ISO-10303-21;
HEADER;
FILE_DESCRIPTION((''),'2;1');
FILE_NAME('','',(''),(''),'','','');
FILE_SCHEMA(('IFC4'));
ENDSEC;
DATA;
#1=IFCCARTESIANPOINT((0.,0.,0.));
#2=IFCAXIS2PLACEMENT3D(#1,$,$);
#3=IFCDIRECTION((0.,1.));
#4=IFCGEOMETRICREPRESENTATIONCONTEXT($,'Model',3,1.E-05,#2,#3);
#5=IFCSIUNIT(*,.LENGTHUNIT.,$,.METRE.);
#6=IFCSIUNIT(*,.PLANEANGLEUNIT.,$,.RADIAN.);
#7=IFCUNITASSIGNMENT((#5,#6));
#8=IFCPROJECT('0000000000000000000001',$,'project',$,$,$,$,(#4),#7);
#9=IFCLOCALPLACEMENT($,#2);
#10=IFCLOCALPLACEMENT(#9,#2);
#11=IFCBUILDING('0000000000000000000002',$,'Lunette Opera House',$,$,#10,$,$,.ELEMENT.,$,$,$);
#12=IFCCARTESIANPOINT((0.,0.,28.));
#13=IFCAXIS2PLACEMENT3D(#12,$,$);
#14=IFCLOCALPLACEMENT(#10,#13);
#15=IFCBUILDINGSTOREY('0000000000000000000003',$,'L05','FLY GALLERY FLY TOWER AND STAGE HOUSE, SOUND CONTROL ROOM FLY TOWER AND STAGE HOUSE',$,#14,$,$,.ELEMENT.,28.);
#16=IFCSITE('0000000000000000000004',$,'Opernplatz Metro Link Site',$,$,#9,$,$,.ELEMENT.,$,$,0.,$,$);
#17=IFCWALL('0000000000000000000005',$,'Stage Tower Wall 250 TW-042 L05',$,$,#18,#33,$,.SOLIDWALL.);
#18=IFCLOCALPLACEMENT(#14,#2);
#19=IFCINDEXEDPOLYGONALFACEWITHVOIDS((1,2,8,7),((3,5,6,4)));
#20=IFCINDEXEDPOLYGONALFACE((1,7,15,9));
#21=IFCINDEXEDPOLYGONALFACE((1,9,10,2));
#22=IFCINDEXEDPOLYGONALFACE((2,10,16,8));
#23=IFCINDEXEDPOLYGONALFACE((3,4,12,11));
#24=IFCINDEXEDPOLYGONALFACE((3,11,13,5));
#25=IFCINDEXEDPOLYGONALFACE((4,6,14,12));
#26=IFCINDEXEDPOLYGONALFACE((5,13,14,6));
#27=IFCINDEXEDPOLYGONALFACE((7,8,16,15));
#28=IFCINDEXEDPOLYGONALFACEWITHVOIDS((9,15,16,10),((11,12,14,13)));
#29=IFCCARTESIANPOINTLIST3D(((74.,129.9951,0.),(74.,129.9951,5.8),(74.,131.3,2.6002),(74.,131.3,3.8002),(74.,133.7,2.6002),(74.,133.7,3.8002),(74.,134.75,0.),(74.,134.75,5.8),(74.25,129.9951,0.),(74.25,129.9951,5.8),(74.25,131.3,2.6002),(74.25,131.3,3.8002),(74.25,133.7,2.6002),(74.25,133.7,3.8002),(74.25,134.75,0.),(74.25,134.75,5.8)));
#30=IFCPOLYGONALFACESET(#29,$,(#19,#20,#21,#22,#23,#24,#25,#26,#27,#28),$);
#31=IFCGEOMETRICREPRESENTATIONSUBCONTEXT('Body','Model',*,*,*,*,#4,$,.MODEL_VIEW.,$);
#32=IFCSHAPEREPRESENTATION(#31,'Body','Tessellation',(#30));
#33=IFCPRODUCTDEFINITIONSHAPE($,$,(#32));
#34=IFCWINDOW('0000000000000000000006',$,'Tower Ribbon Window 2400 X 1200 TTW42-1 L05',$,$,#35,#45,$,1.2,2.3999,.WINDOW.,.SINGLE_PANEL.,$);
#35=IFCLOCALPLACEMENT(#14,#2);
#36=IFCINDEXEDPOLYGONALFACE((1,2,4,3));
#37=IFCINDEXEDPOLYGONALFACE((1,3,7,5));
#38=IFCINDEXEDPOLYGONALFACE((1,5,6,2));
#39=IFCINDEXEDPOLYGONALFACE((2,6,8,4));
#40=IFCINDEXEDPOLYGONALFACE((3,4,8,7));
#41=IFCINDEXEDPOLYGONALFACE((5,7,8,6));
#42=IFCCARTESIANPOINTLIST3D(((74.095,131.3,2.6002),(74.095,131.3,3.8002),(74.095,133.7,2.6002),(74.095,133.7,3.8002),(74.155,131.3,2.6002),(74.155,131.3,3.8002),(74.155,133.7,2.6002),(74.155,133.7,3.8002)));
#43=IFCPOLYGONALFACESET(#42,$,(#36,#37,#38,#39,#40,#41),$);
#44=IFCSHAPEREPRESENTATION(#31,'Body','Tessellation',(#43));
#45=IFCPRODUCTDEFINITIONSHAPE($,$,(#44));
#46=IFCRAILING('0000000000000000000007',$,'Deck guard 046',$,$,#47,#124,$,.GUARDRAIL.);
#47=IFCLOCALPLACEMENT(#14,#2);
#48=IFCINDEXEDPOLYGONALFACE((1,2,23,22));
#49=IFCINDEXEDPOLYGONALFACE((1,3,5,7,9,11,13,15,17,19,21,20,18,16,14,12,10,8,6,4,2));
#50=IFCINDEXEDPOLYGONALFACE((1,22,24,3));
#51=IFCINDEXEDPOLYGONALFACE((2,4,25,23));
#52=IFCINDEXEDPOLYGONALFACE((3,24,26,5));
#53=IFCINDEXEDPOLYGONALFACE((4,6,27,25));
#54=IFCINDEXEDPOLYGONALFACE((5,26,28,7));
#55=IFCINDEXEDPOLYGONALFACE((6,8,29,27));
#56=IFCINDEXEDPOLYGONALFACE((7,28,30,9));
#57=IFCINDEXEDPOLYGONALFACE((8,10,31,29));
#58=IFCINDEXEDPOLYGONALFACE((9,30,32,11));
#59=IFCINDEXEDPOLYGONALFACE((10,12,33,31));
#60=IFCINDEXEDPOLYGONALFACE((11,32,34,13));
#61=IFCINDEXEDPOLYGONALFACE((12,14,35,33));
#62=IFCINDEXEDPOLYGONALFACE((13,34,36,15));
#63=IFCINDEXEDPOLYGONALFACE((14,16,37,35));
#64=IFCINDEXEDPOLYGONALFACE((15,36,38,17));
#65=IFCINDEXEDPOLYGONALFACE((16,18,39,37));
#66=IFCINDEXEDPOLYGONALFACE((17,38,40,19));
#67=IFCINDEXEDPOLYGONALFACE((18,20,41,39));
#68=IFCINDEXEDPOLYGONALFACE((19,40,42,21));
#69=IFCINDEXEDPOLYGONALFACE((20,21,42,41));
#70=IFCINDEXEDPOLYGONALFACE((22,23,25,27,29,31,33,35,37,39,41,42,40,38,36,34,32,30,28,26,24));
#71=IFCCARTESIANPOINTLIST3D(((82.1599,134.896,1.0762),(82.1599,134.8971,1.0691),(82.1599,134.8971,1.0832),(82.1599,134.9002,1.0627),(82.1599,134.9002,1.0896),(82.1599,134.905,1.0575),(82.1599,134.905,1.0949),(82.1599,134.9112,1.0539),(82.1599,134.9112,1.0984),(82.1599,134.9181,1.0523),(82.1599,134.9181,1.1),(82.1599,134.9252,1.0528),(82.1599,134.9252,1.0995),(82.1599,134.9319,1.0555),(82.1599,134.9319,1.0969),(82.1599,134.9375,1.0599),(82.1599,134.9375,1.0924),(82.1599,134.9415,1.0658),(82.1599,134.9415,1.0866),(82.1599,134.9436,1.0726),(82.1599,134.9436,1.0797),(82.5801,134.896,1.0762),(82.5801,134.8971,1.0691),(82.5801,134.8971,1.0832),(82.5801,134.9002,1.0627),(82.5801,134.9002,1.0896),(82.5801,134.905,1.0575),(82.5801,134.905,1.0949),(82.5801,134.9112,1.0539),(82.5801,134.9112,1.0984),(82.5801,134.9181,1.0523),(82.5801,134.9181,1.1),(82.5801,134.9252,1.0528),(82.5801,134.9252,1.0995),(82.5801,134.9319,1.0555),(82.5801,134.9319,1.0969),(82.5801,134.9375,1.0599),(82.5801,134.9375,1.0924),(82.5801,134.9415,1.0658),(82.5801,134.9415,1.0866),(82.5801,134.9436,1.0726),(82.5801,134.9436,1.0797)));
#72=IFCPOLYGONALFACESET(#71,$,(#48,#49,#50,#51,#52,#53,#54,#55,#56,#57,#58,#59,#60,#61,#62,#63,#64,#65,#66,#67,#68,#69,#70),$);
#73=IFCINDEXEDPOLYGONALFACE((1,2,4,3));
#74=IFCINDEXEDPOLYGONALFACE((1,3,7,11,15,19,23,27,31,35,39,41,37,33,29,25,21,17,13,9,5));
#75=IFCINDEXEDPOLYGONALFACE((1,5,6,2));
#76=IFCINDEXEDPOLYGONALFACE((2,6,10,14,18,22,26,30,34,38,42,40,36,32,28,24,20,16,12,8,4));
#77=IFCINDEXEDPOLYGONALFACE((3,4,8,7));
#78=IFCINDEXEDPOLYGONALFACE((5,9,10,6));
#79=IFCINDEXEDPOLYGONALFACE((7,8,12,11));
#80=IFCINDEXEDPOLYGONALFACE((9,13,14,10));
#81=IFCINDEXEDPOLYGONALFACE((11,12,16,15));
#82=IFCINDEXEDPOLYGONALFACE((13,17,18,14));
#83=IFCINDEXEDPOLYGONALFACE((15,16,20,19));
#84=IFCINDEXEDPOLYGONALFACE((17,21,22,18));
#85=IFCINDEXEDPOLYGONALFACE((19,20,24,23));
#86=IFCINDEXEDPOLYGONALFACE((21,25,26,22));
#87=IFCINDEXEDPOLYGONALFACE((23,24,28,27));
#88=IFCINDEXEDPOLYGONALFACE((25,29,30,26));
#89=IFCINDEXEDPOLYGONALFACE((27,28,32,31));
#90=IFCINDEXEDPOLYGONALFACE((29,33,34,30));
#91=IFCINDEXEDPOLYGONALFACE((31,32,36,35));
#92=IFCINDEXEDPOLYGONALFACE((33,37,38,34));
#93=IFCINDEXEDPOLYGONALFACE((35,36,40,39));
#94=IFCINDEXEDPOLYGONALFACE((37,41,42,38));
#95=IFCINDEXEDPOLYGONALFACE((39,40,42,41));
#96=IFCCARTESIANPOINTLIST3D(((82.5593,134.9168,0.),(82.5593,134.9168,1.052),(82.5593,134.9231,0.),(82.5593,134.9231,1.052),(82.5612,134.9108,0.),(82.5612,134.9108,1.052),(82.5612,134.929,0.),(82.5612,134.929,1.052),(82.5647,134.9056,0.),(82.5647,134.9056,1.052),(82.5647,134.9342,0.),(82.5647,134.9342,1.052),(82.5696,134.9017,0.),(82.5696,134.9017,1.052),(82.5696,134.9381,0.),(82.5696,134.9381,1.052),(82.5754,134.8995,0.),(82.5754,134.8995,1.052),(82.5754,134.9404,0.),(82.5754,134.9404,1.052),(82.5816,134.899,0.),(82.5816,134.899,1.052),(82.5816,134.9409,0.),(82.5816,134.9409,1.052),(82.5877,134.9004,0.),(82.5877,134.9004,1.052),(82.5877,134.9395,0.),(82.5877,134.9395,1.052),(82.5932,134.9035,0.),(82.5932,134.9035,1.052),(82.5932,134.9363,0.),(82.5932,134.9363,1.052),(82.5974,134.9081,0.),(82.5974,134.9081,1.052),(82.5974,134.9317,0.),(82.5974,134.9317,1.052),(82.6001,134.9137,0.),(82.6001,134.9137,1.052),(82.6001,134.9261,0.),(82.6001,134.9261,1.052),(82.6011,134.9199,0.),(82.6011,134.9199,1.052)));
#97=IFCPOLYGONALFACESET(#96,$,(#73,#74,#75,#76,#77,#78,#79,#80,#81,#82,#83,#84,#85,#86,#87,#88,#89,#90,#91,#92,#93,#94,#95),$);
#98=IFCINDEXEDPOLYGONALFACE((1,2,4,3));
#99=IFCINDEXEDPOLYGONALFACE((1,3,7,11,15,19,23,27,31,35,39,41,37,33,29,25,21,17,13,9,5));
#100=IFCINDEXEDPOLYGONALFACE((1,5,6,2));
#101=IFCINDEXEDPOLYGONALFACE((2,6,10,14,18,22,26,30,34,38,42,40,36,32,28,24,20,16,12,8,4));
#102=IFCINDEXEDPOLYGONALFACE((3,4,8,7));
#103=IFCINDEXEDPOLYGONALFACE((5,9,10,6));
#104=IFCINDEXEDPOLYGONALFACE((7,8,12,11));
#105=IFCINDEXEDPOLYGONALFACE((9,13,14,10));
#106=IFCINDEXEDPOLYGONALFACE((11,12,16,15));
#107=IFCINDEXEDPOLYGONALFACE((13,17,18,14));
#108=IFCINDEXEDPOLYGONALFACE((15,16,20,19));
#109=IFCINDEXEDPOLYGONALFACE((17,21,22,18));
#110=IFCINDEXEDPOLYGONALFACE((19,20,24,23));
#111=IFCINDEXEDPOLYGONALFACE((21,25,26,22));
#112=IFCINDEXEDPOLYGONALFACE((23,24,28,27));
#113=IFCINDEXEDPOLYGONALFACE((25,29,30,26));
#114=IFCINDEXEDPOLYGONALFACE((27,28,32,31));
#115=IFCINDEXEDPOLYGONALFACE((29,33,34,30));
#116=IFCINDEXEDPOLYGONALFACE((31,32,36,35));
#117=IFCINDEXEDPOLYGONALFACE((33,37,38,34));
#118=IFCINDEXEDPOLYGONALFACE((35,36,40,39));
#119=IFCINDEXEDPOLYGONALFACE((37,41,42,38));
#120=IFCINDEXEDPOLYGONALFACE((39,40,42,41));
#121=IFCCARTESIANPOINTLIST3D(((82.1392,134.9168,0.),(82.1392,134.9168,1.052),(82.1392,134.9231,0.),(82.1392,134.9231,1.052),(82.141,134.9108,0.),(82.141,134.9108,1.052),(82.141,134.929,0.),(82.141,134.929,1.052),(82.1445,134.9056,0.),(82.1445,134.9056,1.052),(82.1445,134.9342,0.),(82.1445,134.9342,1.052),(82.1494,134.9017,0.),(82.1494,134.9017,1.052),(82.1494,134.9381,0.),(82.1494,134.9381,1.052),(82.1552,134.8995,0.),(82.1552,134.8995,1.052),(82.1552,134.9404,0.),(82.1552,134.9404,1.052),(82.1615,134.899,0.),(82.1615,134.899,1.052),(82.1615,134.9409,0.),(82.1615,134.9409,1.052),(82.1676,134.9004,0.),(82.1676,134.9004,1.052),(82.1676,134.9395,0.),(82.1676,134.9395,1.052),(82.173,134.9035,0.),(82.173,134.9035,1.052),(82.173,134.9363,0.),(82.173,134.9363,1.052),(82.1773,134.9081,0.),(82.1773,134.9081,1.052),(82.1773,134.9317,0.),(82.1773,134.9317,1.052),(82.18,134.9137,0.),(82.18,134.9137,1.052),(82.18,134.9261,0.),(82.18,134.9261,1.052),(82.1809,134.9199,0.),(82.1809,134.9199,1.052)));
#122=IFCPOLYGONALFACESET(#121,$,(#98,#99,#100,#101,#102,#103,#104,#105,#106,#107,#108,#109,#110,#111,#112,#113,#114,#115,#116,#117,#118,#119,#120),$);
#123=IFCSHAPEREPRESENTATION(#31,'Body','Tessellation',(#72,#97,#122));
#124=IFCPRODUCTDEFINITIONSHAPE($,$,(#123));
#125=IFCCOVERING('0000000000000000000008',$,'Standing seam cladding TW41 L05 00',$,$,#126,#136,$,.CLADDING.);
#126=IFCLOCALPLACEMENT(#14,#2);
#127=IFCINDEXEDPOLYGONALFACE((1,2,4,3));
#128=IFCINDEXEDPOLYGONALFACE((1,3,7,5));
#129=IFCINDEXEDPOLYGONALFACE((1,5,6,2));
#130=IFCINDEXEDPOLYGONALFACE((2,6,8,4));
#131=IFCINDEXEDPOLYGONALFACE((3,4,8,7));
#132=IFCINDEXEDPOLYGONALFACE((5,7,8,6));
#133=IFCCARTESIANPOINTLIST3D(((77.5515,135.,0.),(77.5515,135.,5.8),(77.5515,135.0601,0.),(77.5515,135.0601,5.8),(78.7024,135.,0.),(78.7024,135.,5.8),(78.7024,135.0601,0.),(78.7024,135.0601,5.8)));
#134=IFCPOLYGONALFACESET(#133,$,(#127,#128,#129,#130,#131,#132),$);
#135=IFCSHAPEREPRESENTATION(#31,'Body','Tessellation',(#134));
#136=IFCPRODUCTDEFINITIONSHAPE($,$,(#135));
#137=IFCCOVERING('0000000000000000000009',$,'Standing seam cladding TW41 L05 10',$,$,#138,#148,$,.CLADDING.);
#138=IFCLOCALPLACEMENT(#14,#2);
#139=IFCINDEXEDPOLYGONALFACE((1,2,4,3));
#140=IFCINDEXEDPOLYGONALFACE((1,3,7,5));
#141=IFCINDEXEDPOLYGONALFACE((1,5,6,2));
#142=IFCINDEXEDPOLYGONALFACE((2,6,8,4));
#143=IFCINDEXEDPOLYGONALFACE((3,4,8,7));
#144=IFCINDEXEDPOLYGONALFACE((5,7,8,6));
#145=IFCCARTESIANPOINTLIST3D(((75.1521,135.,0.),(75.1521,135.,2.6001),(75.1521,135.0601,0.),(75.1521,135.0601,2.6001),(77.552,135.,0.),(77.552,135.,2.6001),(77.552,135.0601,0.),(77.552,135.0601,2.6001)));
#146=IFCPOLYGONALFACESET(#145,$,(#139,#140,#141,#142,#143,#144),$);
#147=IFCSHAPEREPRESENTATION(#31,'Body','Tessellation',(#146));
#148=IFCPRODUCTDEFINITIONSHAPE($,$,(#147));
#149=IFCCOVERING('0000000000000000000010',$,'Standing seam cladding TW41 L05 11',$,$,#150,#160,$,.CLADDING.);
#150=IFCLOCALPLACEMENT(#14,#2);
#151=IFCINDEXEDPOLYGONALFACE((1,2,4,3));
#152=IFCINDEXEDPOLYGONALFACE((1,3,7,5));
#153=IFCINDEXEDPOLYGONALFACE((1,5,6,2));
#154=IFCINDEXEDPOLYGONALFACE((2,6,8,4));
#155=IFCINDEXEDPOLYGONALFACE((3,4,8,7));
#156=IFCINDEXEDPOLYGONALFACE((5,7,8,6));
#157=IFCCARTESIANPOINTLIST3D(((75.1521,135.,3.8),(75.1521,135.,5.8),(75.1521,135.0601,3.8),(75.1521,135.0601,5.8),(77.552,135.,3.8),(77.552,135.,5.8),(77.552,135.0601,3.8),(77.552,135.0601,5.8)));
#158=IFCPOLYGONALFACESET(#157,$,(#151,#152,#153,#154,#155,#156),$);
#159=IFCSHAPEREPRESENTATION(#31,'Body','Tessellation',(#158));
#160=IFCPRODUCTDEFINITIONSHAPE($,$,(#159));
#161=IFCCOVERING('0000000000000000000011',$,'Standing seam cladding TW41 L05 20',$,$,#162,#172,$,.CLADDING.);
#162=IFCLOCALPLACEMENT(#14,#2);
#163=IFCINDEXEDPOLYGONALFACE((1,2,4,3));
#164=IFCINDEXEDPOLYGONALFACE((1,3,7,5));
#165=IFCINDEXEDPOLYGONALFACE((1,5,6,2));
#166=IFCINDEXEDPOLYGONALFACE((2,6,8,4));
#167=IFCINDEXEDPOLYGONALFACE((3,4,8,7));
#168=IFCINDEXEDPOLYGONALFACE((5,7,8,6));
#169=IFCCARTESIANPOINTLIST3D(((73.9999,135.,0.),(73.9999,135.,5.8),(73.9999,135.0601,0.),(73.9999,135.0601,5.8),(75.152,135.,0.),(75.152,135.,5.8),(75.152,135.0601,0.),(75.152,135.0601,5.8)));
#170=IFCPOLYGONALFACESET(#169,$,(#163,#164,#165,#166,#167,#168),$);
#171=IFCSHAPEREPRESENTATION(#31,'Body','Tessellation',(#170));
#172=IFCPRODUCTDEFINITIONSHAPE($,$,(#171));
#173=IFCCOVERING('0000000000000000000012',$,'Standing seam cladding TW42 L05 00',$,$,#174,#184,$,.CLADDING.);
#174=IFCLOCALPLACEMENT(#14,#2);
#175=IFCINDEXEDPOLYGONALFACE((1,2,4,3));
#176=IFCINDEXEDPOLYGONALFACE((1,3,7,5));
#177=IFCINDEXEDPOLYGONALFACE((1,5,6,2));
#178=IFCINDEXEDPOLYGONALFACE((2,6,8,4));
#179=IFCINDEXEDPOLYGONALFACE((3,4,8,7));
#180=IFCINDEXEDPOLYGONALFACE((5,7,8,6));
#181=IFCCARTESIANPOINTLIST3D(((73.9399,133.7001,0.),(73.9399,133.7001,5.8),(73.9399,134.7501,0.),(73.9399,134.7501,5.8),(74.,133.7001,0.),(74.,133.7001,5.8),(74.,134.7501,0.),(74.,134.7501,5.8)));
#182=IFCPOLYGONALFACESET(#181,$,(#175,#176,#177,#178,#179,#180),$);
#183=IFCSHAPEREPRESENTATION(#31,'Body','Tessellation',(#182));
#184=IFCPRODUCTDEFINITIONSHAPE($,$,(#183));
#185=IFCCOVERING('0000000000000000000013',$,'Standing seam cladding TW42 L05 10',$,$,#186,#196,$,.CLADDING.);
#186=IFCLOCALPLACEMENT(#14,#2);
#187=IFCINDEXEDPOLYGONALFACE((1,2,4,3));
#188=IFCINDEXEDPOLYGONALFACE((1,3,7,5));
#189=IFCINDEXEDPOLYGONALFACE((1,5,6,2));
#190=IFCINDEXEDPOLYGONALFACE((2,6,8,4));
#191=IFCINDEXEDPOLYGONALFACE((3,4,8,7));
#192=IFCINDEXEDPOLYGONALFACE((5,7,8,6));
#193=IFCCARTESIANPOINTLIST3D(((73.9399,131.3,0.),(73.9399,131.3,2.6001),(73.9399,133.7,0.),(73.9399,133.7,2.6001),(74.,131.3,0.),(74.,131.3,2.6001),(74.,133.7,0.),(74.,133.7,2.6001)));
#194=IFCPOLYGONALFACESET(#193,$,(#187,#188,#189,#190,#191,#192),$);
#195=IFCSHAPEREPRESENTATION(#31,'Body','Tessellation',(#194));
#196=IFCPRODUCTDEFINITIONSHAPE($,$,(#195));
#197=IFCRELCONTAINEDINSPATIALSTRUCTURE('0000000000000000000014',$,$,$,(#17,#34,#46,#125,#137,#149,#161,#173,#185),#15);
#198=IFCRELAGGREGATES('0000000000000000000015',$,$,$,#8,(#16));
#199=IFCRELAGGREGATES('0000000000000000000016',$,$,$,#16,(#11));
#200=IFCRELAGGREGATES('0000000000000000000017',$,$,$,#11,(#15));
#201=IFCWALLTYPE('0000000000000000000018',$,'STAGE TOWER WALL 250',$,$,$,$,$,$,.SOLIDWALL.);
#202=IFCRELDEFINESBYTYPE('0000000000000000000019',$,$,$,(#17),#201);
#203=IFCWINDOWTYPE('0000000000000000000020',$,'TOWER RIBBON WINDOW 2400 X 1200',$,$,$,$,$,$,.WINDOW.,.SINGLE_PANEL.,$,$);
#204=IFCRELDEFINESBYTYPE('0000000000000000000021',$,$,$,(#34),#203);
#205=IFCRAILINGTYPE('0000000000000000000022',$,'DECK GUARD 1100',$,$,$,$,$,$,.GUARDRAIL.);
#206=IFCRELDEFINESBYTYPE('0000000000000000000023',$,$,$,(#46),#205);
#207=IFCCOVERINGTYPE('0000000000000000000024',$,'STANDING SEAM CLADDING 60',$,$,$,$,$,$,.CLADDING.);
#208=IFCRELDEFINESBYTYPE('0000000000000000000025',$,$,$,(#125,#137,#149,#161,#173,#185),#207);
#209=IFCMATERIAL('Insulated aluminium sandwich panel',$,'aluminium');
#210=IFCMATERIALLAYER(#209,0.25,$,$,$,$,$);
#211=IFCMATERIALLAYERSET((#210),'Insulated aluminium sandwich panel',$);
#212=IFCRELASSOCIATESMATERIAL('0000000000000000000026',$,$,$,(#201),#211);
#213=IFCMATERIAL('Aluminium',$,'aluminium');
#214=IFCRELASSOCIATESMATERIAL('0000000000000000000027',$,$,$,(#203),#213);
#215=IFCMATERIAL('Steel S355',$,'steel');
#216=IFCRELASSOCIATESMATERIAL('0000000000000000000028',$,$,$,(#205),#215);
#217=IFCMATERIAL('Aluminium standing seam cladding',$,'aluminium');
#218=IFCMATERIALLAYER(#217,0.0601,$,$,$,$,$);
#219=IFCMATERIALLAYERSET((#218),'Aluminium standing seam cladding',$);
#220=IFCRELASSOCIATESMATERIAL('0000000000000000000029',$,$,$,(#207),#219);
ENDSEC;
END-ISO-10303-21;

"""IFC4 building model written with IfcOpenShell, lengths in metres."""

from ifc_helpers import new_model, si_unit, direction, frame, frame_2d, origin, origin_2d, place, context, subcontext, project, spatial, rectangle, circle, extrude, material, layer, layer_set, type_object, element, fill, save


model = new_model("IFC4")

# Units and contexts
model_context = context("Model", 3, precision=1e-05, world=origin(), true_north=direction((0.0, 1.0)))
body_context = subcontext(model_context, "Body", "Model", "MODEL_VIEW")
ifc_project = project(units=[si_unit("LENGTHUNIT", "METRE"), si_unit("PLANEANGLEUNIT", "RADIAN")], contexts=[model_context])

# Site, building, storey
site_placement = place(None, origin())
site = spatial("IfcSite", under=ifc_project, at=site_placement, Name="Opernplatz Metro Link Site", CompositionType="ELEMENT", RefElevation=0.0)
building_placement = place(site_placement, origin())
building = spatial("IfcBuilding", under=site, at=building_placement, Name="Lunette Opera House", CompositionType="ELEMENT")
storey_placement = place(building_placement, frame((0.0, 0.0, 28.0)))
storey = spatial("IfcBuildingStorey", under=building, at=storey_placement, Name="L05", Description="FLY GALLERY FLY TOWER AND STAGE HOUSE, SOUND CONTROL ROOM FLY TOWER AND STAGE HOUSE", CompositionType="ELEMENT", Elevation=28.0)

# Wall, opening, window
ifc_material_1 = material(Name="Insulated aluminium sandwich panel", Category="aluminium")
ifc_layer_1 = layer(ifc_material_1, 0.25)
ifc_layer_set_1 = layer_set([ifc_layer_1], Name="Insulated aluminium sandwich panel")
wall_type_1 = type_object("IfcWallType", Name="STAGE TOWER WALL 250", PredefinedType="SOLIDWALL", material=ifc_layer_set_1)
ifc_material_2 = material(Name="Aluminium", Category="aluminium")
window_type = type_object("IfcWindowType", Name="TOWER RIBBON WINDOW 2400 X 1200", PartitioningType="SINGLE_PANEL", PredefinedType="WINDOW", material=ifc_material_2)
wall_1_placement = place(storey_placement, frame((74.125, 134.75, 0.0), z_axis=(0.0, 0.0, 1.0), x_axis=(0.0, -1.0, 0.0)))
wall_1 = element("IfcWall", 1, at=wall_1_placement, inside=storey, type_object=wall_type_1, Name="Stage Tower Wall 250 TW-042 L05", PredefinedType="SOLIDWALL", context=body_context, shape_type="SweptSolid", body=[
    extrude(rectangle(XDim=4.7549, YDim=0.25, at=frame_2d((2.3774, 0.0))), origin(), (0.0, 0.0, 1.0), 5.8),
])
opening_1_placement = place(wall_1_placement, frame((1.05, 0.0, 2.6001)))
opening_1 = element("IfcOpeningElement", 2, at=opening_1_placement, cuts=wall_1, PredefinedType="OPENING", context=body_context, shape_type="SweptSolid", body=[
    extrude(rectangle(XDim=2.3999, YDim=1.2, at=frame_2d((1.2, 0.6001))), frame((0.0, 0.137, 0.0), z_axis=(0.0, -1.0, 0.0), x_axis=(1.0, 0.0, 0.0)), (0.0, 0.0, 1.0), 0.2739),
])
window_1_placement = place(opening_1_placement, origin())
window_1 = element("IfcWindow", 3, at=window_1_placement, inside=storey, type_object=window_type, Name="Tower Ribbon Window 2400 X 1200 TTW42-1 L05", OverallHeight=1.2, OverallWidth=2.3999, PartitioningType="SINGLE_PANEL", PredefinedType="WINDOW", context=body_context, shape_type="SweptSolid", body=[
    extrude(rectangle(XDim=2.3999, YDim=1.2, at=frame_2d((1.2, 0.6001))), frame((0.0, 0.03, 0.0), z_axis=(0.0, -1.0, 0.0), x_axis=(1.0, 0.0, 0.0)), (0.0, 0.0, 1.0), 0.0601),
])
fill(opening_1, window_1)

# Railing
ifc_material_3 = material(Name="Steel S355", Category="steel")
railing_type = type_object("IfcRailingType", Name="DECK GUARD 1100", PredefinedType="GUARDRAIL", material=ifc_material_3)
railing_placement = place(storey_placement, frame((82.5801, 134.9199, 0.0)))
element("IfcRailing", 4, at=railing_placement, inside=storey, type_object=railing_type, Name="Deck guard 046", PredefinedType="GUARDRAIL", context=body_context, shape_type="SweptSolid", body=[
    extrude(circle(Radius=0.0239, at=origin_2d()), frame((0.0, 0.0, 1.0762), z_axis=(-1.0, 0.0, 0.0), x_axis=(0.0, -1.0, 0.0)), (0.0, 0.0, 1.0), 0.4202),
    extrude(circle(Radius=0.021, at=origin_2d()), origin(), (0.0, 0.0, 1.0), 1.052),
    extrude(circle(Radius=0.021, at=origin_2d()), frame((-0.4202, 0.0, 0.0)), (0.0, 0.0, 1.0), 1.052),
])

# Coverings
ifc_material_4 = material(Name="Aluminium standing seam cladding", Category="aluminium")
ifc_layer_2 = layer(ifc_material_4, 0.0601)
ifc_layer_set_2 = layer_set([ifc_layer_2], Name="Aluminium standing seam cladding")
covering_type = type_object("IfcCoveringType", Name="STANDING SEAM CLADDING 60", PredefinedType="CLADDING", material=ifc_layer_set_2)
covering_1_placement = place(storey_placement, frame((78.127, 135.03, 0.0), z_axis=(0.0, 0.0, 1.0), x_axis=(-1.0, 0.0, 0.0)))
element("IfcCovering", 5, at=covering_1_placement, inside=storey, type_object=covering_type, Name="Standing seam cladding TW41 L05 00", PredefinedType="CLADDING", context=body_context, shape_type="SweptSolid", body=[
    extrude(rectangle(XDim=1.1509, YDim=0.0601, at=origin_2d()), origin(), (0.0, 0.0, 1.0), 5.8),
])
covering_2_placement = place(storey_placement, frame((76.3521, 135.03, 0.0), z_axis=(0.0, 0.0, 1.0), x_axis=(-1.0, 0.0, 0.0)))
element("IfcCovering", 6, at=covering_2_placement, inside=storey, type_object=covering_type, Name="Standing seam cladding TW41 L05 10", PredefinedType="CLADDING", context=body_context, shape_type="SweptSolid", body=[
    extrude(rectangle(XDim=2.3999, YDim=0.0601, at=origin_2d()), origin(), (0.0, 0.0, 1.0), 2.6001),
])
covering_3_placement = place(storey_placement, frame((76.3521, 135.03, 3.8), z_axis=(0.0, 0.0, 1.0), x_axis=(-1.0, 0.0, 0.0)))
element("IfcCovering", 7, at=covering_3_placement, inside=storey, type_object=covering_type, Name="Standing seam cladding TW41 L05 11", PredefinedType="CLADDING", context=body_context, shape_type="SweptSolid", body=[
    extrude(rectangle(XDim=2.3999, YDim=0.0601, at=origin_2d()), origin(), (0.0, 0.0, 1.0), 2.0),
])
covering_4_placement = place(storey_placement, frame((74.5759, 135.03, 0.0), z_axis=(0.0, 0.0, 1.0), x_axis=(-1.0, 0.0, 0.0)))
element("IfcCovering", 8, at=covering_4_placement, inside=storey, type_object=covering_type, Name="Standing seam cladding TW41 L05 20", PredefinedType="CLADDING", context=body_context, shape_type="SweptSolid", body=[
    extrude(rectangle(XDim=1.1521, YDim=0.0601, at=origin_2d()), origin(), (0.0, 0.0, 1.0), 5.8),
])
covering_5_placement = place(storey_placement, frame((73.97, 134.2251, 0.0), z_axis=(0.0, 0.0, 1.0), x_axis=(0.0, -1.0, 0.0)))
element("IfcCovering", 9, at=covering_5_placement, inside=storey, type_object=covering_type, Name="Standing seam cladding TW42 L05 00", PredefinedType="CLADDING", context=body_context, shape_type="SweptSolid", body=[
    extrude(rectangle(XDim=1.05, YDim=0.0601, at=origin_2d()), origin(), (0.0, 0.0, 1.0), 5.8),
])
covering_6_placement = place(storey_placement, frame((73.97, 132.5, 0.0), z_axis=(0.0, 0.0, 1.0), x_axis=(0.0, -1.0, 0.0)))
element("IfcCovering", 10, at=covering_6_placement, inside=storey, type_object=covering_type, Name="Standing seam cladding TW42 L05 10", PredefinedType="CLADDING", context=body_context, shape_type="SweptSolid", body=[
    extrude(rectangle(XDim=2.3999, YDim=0.0601, at=origin_2d()), origin(), (0.0, 0.0, 1.0), 2.6001),
])

save(model, "model.ifc")
